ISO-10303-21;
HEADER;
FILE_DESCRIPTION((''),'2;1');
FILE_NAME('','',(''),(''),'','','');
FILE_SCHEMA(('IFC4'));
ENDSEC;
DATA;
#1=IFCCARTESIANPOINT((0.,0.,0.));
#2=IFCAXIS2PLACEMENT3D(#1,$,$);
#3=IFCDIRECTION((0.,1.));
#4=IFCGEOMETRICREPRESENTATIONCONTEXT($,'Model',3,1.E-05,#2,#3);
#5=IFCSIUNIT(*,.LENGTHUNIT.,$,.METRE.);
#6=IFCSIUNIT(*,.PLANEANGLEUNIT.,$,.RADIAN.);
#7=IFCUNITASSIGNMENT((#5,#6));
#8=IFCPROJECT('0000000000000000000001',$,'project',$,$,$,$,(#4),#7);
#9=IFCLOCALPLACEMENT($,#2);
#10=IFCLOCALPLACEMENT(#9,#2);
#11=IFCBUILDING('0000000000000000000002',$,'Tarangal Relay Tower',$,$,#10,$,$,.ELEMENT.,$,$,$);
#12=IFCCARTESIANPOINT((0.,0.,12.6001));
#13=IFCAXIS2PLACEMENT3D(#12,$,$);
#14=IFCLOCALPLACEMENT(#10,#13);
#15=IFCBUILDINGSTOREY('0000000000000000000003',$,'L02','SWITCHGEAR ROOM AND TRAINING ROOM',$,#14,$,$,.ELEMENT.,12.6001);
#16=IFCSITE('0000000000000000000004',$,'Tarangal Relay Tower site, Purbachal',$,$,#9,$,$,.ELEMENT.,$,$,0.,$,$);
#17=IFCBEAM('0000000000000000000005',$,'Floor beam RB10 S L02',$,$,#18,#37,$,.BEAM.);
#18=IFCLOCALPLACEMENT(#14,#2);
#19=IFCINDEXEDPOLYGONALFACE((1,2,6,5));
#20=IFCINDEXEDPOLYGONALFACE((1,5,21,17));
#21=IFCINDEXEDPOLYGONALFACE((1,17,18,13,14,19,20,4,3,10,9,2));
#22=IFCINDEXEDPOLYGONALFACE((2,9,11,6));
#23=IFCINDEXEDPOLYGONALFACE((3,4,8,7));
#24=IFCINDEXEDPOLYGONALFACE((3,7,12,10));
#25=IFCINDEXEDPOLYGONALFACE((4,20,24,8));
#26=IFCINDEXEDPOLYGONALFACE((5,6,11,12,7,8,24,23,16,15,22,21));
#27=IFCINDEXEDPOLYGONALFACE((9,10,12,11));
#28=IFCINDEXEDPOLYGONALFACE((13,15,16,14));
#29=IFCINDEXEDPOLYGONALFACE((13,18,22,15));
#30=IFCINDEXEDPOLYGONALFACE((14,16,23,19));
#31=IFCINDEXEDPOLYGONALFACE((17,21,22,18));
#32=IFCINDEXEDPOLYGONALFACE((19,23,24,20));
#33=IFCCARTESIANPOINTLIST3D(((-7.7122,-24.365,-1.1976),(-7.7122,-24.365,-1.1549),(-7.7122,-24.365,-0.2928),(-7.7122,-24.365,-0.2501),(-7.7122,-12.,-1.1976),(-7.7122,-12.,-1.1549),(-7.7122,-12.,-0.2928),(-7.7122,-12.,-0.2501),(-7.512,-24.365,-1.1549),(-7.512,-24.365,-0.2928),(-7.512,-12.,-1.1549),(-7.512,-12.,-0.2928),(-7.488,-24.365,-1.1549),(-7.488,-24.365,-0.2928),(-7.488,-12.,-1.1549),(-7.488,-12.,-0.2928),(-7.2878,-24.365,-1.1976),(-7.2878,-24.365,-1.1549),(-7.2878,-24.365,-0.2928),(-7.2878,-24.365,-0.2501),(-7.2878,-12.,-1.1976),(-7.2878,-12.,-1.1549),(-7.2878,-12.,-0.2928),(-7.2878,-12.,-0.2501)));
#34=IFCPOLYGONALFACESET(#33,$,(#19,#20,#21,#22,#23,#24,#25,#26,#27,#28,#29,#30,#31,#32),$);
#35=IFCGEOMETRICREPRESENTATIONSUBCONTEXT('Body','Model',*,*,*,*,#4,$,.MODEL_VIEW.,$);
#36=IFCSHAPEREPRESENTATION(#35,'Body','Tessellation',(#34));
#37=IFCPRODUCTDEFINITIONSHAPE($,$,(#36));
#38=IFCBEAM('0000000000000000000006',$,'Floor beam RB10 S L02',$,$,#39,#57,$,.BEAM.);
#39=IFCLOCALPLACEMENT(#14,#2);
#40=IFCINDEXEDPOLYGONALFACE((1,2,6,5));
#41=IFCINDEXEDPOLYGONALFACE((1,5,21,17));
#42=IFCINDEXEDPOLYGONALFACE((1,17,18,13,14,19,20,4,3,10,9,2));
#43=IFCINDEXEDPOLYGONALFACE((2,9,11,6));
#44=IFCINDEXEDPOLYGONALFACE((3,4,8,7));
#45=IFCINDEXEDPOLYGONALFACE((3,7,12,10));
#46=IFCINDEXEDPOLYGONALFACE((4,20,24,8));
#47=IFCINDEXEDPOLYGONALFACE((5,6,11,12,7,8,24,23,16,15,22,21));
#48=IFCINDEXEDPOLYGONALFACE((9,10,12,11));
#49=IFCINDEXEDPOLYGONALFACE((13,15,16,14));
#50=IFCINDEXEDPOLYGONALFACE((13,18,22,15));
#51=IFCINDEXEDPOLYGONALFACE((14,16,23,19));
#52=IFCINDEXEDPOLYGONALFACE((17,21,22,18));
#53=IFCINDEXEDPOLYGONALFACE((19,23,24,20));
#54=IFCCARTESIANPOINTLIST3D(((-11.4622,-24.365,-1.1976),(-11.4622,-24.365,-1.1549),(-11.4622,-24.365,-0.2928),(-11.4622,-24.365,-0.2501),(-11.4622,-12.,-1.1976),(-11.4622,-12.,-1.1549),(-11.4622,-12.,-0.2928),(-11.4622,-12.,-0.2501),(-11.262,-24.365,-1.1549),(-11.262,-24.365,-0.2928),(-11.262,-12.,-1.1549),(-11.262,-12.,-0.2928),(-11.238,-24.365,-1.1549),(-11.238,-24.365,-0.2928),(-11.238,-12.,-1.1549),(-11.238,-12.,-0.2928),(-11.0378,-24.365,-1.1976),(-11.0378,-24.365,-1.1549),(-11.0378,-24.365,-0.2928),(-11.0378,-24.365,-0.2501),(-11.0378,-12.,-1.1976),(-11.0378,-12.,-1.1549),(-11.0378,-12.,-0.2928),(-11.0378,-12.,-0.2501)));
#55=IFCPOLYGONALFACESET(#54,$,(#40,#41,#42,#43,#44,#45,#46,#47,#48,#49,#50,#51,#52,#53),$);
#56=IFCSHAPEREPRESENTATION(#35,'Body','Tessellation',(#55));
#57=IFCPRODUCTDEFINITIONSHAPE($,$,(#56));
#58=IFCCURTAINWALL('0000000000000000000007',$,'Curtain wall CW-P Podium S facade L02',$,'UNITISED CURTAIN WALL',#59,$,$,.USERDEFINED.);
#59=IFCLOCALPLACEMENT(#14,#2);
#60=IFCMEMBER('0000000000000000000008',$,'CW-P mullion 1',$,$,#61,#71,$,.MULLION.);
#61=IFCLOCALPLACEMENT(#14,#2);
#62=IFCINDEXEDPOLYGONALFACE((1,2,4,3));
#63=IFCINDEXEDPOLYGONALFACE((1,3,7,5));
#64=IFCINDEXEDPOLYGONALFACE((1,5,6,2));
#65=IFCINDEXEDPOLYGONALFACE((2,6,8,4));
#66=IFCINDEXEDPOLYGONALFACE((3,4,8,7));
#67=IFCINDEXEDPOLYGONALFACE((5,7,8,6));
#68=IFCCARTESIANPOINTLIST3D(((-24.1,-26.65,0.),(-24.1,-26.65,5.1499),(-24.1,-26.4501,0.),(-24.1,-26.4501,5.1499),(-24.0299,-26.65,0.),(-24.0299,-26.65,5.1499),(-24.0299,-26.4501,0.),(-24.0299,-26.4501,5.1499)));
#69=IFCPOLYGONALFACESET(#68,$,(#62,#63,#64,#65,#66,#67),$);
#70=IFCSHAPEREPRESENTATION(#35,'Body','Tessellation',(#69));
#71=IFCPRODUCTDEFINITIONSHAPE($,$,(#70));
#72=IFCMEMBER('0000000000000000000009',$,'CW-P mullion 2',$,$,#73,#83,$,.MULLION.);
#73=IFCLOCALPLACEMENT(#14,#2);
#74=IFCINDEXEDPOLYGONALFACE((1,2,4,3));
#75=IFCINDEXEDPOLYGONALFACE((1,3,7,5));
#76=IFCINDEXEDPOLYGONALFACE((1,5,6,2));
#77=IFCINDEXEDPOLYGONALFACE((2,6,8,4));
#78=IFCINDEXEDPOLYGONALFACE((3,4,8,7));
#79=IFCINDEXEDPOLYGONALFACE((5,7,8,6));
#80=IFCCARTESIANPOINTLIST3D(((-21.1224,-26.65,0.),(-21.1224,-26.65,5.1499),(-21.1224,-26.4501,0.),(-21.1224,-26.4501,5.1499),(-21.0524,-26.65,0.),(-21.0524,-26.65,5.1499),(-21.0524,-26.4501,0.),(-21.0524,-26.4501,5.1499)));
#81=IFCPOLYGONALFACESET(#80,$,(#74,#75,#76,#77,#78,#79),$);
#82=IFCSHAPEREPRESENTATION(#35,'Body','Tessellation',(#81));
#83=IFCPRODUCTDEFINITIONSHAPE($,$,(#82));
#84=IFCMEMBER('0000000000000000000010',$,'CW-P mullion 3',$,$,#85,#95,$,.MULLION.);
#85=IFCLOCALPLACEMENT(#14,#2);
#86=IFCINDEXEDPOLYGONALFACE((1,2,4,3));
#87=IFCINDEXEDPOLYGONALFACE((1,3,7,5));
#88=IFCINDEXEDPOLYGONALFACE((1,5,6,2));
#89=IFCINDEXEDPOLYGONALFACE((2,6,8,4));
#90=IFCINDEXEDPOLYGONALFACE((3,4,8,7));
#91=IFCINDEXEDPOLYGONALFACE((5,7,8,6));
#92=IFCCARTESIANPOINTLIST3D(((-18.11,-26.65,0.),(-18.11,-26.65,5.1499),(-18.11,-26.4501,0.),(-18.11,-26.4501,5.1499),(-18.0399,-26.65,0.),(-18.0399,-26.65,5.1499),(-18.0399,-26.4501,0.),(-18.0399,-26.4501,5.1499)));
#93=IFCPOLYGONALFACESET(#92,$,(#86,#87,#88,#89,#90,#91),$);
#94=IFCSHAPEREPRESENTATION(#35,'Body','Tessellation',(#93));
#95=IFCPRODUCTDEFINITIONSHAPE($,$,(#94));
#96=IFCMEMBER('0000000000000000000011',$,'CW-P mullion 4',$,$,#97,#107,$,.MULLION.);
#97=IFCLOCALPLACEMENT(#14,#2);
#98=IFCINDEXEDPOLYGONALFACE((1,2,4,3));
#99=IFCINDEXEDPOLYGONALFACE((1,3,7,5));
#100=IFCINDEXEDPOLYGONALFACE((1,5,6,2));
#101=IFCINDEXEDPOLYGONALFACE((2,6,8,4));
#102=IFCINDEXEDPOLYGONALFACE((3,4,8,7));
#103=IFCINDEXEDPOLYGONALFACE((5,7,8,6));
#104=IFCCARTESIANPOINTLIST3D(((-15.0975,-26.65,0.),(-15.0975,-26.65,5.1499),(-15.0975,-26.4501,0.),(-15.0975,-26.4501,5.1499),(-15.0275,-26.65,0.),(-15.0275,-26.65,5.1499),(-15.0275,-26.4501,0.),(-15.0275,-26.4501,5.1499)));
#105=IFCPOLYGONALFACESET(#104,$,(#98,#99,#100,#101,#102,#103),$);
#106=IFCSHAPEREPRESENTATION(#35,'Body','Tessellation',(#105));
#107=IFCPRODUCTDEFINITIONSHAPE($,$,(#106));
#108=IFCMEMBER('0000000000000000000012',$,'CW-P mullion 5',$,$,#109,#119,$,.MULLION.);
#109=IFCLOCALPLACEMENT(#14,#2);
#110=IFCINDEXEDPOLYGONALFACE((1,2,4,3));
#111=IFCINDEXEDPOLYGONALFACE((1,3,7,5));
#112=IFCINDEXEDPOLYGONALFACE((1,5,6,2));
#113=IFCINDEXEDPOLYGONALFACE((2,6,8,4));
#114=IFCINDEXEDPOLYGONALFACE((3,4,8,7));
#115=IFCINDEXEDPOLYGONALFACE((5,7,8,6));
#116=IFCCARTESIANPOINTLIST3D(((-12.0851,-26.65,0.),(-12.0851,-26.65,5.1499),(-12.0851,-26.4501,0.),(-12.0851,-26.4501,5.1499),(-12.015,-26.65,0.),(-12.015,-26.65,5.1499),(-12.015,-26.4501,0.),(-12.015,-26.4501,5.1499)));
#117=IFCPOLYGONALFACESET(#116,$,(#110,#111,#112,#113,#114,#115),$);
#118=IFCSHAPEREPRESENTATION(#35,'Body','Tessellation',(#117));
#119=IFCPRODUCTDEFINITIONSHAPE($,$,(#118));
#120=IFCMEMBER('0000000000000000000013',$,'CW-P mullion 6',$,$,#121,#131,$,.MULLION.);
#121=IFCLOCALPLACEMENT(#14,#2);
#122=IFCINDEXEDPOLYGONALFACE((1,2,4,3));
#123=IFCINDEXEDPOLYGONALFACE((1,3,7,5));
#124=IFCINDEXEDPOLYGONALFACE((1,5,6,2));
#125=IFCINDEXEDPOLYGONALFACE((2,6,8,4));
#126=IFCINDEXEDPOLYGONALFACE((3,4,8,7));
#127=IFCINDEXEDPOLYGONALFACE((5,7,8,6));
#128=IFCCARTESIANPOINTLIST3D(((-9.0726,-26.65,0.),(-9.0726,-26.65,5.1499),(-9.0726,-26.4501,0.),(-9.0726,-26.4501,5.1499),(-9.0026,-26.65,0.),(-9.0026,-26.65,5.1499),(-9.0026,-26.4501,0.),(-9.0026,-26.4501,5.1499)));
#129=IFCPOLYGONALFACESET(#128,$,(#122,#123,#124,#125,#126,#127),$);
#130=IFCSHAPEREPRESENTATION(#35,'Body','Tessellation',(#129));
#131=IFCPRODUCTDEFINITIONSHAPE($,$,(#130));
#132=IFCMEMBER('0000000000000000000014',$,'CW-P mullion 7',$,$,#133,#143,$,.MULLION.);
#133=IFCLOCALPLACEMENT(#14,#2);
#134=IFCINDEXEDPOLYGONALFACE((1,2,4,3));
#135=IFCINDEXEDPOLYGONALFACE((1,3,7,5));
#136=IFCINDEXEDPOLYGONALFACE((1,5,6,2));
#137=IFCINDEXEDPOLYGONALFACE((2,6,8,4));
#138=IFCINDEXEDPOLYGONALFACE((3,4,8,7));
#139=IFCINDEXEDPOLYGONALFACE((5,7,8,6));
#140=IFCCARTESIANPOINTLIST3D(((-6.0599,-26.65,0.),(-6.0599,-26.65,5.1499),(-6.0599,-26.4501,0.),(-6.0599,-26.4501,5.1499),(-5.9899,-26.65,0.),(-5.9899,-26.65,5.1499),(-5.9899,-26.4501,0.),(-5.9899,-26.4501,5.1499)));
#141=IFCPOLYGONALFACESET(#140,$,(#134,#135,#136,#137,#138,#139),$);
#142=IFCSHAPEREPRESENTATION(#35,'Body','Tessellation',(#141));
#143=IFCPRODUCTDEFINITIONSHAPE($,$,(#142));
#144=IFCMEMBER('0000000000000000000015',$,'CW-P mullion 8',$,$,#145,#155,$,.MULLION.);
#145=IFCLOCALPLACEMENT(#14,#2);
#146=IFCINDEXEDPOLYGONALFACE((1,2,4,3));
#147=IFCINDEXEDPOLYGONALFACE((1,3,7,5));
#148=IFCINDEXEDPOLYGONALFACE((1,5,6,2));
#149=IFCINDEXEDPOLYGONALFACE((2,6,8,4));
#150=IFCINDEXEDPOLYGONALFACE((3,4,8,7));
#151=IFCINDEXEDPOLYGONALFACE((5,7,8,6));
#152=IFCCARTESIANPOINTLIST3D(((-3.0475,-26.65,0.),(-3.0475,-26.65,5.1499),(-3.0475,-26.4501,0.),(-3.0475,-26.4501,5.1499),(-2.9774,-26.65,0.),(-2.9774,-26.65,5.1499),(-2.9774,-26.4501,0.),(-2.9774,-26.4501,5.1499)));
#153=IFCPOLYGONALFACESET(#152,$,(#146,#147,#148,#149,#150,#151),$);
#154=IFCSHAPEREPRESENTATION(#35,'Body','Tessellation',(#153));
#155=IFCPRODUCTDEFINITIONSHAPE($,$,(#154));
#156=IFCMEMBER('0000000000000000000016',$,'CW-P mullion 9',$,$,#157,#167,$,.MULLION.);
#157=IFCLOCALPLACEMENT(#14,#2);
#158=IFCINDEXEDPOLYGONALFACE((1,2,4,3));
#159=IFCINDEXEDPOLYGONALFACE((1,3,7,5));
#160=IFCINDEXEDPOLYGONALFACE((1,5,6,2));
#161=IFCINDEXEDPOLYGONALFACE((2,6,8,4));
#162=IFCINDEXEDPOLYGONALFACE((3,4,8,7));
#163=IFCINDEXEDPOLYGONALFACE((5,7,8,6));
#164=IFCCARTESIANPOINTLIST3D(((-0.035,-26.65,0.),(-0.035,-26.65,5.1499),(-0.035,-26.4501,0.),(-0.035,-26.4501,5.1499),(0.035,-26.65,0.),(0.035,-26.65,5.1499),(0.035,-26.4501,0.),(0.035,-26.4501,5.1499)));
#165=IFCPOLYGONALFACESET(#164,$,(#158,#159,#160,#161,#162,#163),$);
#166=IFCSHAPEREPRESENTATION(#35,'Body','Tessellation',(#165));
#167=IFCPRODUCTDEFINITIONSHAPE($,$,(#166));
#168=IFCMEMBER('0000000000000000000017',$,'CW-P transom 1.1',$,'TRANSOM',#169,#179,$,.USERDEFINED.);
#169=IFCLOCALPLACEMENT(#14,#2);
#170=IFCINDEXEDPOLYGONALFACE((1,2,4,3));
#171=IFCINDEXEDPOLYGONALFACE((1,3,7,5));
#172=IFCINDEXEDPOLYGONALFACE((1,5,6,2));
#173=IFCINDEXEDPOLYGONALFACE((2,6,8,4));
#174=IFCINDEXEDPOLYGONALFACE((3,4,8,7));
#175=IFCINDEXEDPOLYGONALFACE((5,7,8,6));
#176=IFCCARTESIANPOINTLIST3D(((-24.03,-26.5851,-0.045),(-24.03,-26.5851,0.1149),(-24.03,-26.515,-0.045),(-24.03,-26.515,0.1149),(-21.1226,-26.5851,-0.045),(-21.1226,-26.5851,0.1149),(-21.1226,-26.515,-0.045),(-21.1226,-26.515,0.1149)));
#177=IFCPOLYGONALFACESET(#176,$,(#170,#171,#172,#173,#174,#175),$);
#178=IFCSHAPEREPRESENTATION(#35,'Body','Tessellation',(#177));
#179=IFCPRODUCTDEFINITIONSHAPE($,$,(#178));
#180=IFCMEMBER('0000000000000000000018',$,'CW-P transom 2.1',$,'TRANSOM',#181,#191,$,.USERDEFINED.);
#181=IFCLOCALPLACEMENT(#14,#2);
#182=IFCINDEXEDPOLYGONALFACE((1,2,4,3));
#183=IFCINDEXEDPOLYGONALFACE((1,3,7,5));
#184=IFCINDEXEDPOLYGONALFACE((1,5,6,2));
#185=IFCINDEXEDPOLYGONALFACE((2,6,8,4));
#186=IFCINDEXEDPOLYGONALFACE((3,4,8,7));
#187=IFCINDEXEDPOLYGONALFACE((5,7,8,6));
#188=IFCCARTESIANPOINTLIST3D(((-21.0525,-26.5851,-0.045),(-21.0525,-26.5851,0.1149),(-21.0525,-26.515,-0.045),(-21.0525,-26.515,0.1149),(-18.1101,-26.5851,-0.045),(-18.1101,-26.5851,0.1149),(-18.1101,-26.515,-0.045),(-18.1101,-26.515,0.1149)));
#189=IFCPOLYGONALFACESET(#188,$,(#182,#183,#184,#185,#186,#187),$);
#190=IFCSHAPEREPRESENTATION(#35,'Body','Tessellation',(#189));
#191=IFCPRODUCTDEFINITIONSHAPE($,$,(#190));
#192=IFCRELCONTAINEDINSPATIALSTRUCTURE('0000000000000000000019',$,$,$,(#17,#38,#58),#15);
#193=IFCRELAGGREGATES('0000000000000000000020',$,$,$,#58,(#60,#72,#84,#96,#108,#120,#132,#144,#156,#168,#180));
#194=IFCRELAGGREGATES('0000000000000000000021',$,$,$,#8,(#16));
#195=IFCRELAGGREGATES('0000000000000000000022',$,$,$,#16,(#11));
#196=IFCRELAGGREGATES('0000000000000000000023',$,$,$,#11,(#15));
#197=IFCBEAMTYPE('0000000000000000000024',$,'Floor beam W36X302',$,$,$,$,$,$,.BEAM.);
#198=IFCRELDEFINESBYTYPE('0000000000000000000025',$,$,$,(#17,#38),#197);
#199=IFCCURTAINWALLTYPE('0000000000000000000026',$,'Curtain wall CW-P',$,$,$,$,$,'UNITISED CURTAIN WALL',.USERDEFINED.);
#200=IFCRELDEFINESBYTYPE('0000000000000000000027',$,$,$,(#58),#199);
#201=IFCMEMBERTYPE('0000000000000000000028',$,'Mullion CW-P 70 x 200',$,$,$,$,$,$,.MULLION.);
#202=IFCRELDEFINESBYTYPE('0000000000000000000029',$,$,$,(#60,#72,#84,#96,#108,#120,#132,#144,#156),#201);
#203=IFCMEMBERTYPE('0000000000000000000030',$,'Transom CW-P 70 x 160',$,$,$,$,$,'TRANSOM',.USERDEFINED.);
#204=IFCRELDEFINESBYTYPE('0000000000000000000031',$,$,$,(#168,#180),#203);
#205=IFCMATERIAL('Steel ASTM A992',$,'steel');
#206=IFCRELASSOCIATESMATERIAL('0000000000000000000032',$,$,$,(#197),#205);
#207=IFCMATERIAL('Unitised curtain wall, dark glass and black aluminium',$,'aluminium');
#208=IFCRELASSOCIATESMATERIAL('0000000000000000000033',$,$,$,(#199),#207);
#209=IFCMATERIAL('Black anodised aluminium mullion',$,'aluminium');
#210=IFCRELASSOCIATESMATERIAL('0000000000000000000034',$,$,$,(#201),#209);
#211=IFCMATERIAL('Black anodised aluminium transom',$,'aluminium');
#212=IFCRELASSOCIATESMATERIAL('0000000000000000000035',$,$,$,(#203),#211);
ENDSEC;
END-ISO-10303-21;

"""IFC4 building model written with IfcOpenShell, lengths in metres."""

from ifc_helpers import new_model, si_unit, direction, frame, origin, origin_2d, place, context, subcontext, project, spatial, rectangle, i_section, extrude, material, material_profile, profile_set, type_object, element, aggregate, save


model = new_model("IFC4")

# Units and contexts
model_context = context("Model", 3, precision=1e-05, world=origin(), true_north=direction((0.0, 1.0)))
body_context = subcontext(model_context, "Body", "Model", "MODEL_VIEW")
ifc_project = project(units=[si_unit("LENGTHUNIT", "METRE"), si_unit("PLANEANGLEUNIT", "RADIAN")], contexts=[model_context])

# Site, building, storey
site_placement = place(None, origin())
site = spatial("IfcSite", under=ifc_project, at=site_placement, Name="Tarangal Relay Tower site, Purbachal", CompositionType="ELEMENT", RefElevation=0.0)
building_placement = place(site_placement, origin())
building = spatial("IfcBuilding", under=site, at=building_placement, Name="Tarangal Relay Tower", CompositionType="ELEMENT")
storey_placement = place(building_placement, frame((0.0, 0.0, 12.6001)))
storey = spatial("IfcBuildingStorey", under=building, at=storey_placement, Name="L02", Description="SWITCHGEAR ROOM AND TRAINING ROOM", CompositionType="ELEMENT", Elevation=12.6001)

# Beams
ifc_material_1 = material(Name="Steel ASTM A992", Category="steel")
ifc_material_profile_1 = material_profile(ifc_material_1, i_section(OverallWidth=0.4243, OverallDepth=0.9475, WebThickness=0.0239, FlangeThickness=0.0427, at=origin_2d()), Name="W36X302")
ifc_profile_set_1 = profile_set([ifc_material_profile_1], Name="Steel ASTM A992")
beam_type_1 = type_object("IfcBeamType", Name="Floor beam W36X302", PredefinedType="BEAM", material=ifc_profile_set_1)
for number, where, z_axis, x_axis, name in (
    (1, (-7.5, -12.0, -0.7239), (0.0, -1.0, 0.0), (1.0, 0.0, 0.0), "Floor beam RB10 S L02"),
    (2, (-11.25, -12.0, -0.7239), (0.0, -1.0, 0.0), (1.0, 0.0, 0.0), "Floor beam RB10 S L02"),
):
    element("IfcBeam", number, at=place(storey_placement, frame(where, z_axis=z_axis, x_axis=x_axis)), inside=storey, type_object=beam_type_1, Name=name, PredefinedType="BEAM", context=body_context, shape_type="SweptSolid", body=[
        extrude(i_section(OverallWidth=0.4243, OverallDepth=0.9475, WebThickness=0.0239, FlangeThickness=0.0427, at=origin_2d()), origin(), (0.0, 0.0, 1.0), 12.365),
    ])

# Curtain wall, members
ifc_material_2 = material(Name="Unitised curtain wall, dark glass and black aluminium", Category="aluminium")
curtain_wall_type = type_object("IfcCurtainWallType", Name="Curtain wall CW-P", ElementType="UNITISED CURTAIN WALL", PredefinedType="USERDEFINED", material=ifc_material_2)
curtain_wall_placement = place(storey_placement, origin())
curtain_wall = element("IfcCurtainWall", 3, at=curtain_wall_placement, inside=storey, type_object=curtain_wall_type, Name="Curtain wall CW-P Podium S facade L02", ObjectType="UNITISED CURTAIN WALL", PredefinedType="USERDEFINED")
ifc_material_3 = material(Name="Black anodised aluminium mullion", Category="aluminium")
ifc_material_profile_2 = material_profile(ifc_material_3, rectangle(XDim=0.2, YDim=0.0701, at=origin_2d()), Name="CW-PM 70X200")
ifc_profile_set_2 = profile_set([ifc_material_profile_2], Name="Black anodised aluminium mullion")
member_type_1 = type_object("IfcMemberType", Name="Mullion CW-P 70 x 200", PredefinedType="MULLION", material=ifc_profile_set_2)
member_1_placement = place(storey_placement, frame((-24.0649, -26.55, 0.0), z_axis=(0.0, 0.0, 1.0), x_axis=(0.0, 1.0, 0.0)))
member_1 = element("IfcMember", 4, at=member_1_placement, type_object=member_type_1, Name="CW-P mullion 1", PredefinedType="MULLION", context=body_context, shape_type="SweptSolid", body=[
    extrude(rectangle(XDim=0.2, YDim=0.0701, at=origin_2d()), origin(), (0.0, 0.0, 1.0), 5.1499),
])
member_2_placement = place(storey_placement, frame((-21.0874, -26.55, 0.0), z_axis=(0.0, 0.0, 1.0), x_axis=(0.0, 1.0, 0.0)))
member_2 = element("IfcMember", 5, at=member_2_placement, type_object=member_type_1, Name="CW-P mullion 2", PredefinedType="MULLION", context=body_context, shape_type="SweptSolid", body=[
    extrude(rectangle(XDim=0.2, YDim=0.0701, at=origin_2d()), origin(), (0.0, 0.0, 1.0), 5.1499),
])
member_3_placement = place(storey_placement, frame((-18.075, -26.55, 0.0), z_axis=(0.0, 0.0, 1.0), x_axis=(0.0, 1.0, 0.0)))
member_3 = element("IfcMember", 6, at=member_3_placement, type_object=member_type_1, Name="CW-P mullion 3", PredefinedType="MULLION", context=body_context, shape_type="SweptSolid", body=[
    extrude(rectangle(XDim=0.2, YDim=0.0701, at=origin_2d()), origin(), (0.0, 0.0, 1.0), 5.1499),
])
member_4_placement = place(storey_placement, frame((-15.0625, -26.55, 0.0), z_axis=(0.0, 0.0, 1.0), x_axis=(0.0, 1.0, 0.0)))
member_4 = element("IfcMember", 7, at=member_4_placement, type_object=member_type_1, Name="CW-P mullion 4", PredefinedType="MULLION", context=body_context, shape_type="SweptSolid", body=[
    extrude(rectangle(XDim=0.2, YDim=0.0701, at=origin_2d()), origin(), (0.0, 0.0, 1.0), 5.1499),
])
member_5_placement = place(storey_placement, frame((-12.05, -26.55, 0.0), z_axis=(0.0, 0.0, 1.0), x_axis=(0.0, 1.0, 0.0)))
member_5 = element("IfcMember", 8, at=member_5_placement, type_object=member_type_1, Name="CW-P mullion 5", PredefinedType="MULLION", context=body_context, shape_type="SweptSolid", body=[
    extrude(rectangle(XDim=0.2, YDim=0.0701, at=origin_2d()), origin(), (0.0, 0.0, 1.0), 5.1499),
])
member_6_placement = place(storey_placement, frame((-9.0376, -26.55, 0.0), z_axis=(0.0, 0.0, 1.0), x_axis=(0.0, 1.0, 0.0)))
member_6 = element("IfcMember", 9, at=member_6_placement, type_object=member_type_1, Name="CW-P mullion 6", PredefinedType="MULLION", context=body_context, shape_type="SweptSolid", body=[
    extrude(rectangle(XDim=0.2, YDim=0.0701, at=origin_2d()), origin(), (0.0, 0.0, 1.0), 5.1499),
])
member_7_placement = place(storey_placement, frame((-6.0249, -26.55, 0.0), z_axis=(0.0, 0.0, 1.0), x_axis=(0.0, 1.0, 0.0)))
member_7 = element("IfcMember", 10, at=member_7_placement, type_object=member_type_1, Name="CW-P mullion 7", PredefinedType="MULLION", context=body_context, shape_type="SweptSolid", body=[
    extrude(rectangle(XDim=0.2, YDim=0.0701, at=origin_2d()), origin(), (0.0, 0.0, 1.0), 5.1499),
])
member_8_placement = place(storey_placement, frame((-3.0125, -26.55, 0.0), z_axis=(0.0, 0.0, 1.0), x_axis=(0.0, 1.0, 0.0)))
member_8 = element("IfcMember", 11, at=member_8_placement, type_object=member_type_1, Name="CW-P mullion 8", PredefinedType="MULLION", context=body_context, shape_type="SweptSolid", body=[
    extrude(rectangle(XDim=0.2, YDim=0.0701, at=origin_2d()), origin(), (0.0, 0.0, 1.0), 5.1499),
])
member_9_placement = place(storey_placement, frame((0.0, -26.55, 0.0), z_axis=(0.0, 0.0, 1.0), x_axis=(0.0, 1.0, 0.0)))
member_9 = element("IfcMember", 12, at=member_9_placement, type_object=member_type_1, Name="CW-P mullion 9", PredefinedType="MULLION", context=body_context, shape_type="SweptSolid", body=[
    extrude(rectangle(XDim=0.2, YDim=0.0701, at=origin_2d()), origin(), (0.0, 0.0, 1.0), 5.1499),
])
ifc_material_4 = material(Name="Black anodised aluminium transom", Category="aluminium")
ifc_material_profile_3 = material_profile(ifc_material_4, rectangle(XDim=0.0701, YDim=0.1599, at=origin_2d()), Name="CW-PT 70X160")
ifc_profile_set_3 = profile_set([ifc_material_profile_3], Name="Black anodised aluminium transom")
member_type_2 = type_object("IfcMemberType", Name="Transom CW-P 70 x 160", ElementType="TRANSOM", PredefinedType="USERDEFINED", material=ifc_profile_set_3)
member_10_placement = place(storey_placement, frame((-24.03, -26.55, 0.0349), z_axis=(1.0, 0.0, 0.0), x_axis=(0.0, 1.0, 0.0)))
member_10 = element("IfcMember", 13, at=member_10_placement, type_object=member_type_2, Name="CW-P transom 1.1", ObjectType="TRANSOM", PredefinedType="USERDEFINED", context=body_context, shape_type="SweptSolid", body=[
    extrude(rectangle(XDim=0.0701, YDim=0.1599, at=origin_2d()), origin(), (0.0, 0.0, 1.0), 2.9075),
])
member_11_placement = place(storey_placement, frame((-21.0525, -26.55, 0.0349), z_axis=(1.0, 0.0, 0.0), x_axis=(0.0, 1.0, 0.0)))
member_11 = element("IfcMember", 14, at=member_11_placement, type_object=member_type_2, Name="CW-P transom 2.1", ObjectType="TRANSOM", PredefinedType="USERDEFINED", context=body_context, shape_type="SweptSolid", body=[
    extrude(rectangle(XDim=0.0701, YDim=0.1599, at=origin_2d()), origin(), (0.0, 0.0, 1.0), 2.9424),
])
aggregate(curtain_wall, [member_1, member_2, member_3, member_4, member_5, member_6, member_7, member_8, member_9, member_10, member_11])

save(model, "model.ifc")
